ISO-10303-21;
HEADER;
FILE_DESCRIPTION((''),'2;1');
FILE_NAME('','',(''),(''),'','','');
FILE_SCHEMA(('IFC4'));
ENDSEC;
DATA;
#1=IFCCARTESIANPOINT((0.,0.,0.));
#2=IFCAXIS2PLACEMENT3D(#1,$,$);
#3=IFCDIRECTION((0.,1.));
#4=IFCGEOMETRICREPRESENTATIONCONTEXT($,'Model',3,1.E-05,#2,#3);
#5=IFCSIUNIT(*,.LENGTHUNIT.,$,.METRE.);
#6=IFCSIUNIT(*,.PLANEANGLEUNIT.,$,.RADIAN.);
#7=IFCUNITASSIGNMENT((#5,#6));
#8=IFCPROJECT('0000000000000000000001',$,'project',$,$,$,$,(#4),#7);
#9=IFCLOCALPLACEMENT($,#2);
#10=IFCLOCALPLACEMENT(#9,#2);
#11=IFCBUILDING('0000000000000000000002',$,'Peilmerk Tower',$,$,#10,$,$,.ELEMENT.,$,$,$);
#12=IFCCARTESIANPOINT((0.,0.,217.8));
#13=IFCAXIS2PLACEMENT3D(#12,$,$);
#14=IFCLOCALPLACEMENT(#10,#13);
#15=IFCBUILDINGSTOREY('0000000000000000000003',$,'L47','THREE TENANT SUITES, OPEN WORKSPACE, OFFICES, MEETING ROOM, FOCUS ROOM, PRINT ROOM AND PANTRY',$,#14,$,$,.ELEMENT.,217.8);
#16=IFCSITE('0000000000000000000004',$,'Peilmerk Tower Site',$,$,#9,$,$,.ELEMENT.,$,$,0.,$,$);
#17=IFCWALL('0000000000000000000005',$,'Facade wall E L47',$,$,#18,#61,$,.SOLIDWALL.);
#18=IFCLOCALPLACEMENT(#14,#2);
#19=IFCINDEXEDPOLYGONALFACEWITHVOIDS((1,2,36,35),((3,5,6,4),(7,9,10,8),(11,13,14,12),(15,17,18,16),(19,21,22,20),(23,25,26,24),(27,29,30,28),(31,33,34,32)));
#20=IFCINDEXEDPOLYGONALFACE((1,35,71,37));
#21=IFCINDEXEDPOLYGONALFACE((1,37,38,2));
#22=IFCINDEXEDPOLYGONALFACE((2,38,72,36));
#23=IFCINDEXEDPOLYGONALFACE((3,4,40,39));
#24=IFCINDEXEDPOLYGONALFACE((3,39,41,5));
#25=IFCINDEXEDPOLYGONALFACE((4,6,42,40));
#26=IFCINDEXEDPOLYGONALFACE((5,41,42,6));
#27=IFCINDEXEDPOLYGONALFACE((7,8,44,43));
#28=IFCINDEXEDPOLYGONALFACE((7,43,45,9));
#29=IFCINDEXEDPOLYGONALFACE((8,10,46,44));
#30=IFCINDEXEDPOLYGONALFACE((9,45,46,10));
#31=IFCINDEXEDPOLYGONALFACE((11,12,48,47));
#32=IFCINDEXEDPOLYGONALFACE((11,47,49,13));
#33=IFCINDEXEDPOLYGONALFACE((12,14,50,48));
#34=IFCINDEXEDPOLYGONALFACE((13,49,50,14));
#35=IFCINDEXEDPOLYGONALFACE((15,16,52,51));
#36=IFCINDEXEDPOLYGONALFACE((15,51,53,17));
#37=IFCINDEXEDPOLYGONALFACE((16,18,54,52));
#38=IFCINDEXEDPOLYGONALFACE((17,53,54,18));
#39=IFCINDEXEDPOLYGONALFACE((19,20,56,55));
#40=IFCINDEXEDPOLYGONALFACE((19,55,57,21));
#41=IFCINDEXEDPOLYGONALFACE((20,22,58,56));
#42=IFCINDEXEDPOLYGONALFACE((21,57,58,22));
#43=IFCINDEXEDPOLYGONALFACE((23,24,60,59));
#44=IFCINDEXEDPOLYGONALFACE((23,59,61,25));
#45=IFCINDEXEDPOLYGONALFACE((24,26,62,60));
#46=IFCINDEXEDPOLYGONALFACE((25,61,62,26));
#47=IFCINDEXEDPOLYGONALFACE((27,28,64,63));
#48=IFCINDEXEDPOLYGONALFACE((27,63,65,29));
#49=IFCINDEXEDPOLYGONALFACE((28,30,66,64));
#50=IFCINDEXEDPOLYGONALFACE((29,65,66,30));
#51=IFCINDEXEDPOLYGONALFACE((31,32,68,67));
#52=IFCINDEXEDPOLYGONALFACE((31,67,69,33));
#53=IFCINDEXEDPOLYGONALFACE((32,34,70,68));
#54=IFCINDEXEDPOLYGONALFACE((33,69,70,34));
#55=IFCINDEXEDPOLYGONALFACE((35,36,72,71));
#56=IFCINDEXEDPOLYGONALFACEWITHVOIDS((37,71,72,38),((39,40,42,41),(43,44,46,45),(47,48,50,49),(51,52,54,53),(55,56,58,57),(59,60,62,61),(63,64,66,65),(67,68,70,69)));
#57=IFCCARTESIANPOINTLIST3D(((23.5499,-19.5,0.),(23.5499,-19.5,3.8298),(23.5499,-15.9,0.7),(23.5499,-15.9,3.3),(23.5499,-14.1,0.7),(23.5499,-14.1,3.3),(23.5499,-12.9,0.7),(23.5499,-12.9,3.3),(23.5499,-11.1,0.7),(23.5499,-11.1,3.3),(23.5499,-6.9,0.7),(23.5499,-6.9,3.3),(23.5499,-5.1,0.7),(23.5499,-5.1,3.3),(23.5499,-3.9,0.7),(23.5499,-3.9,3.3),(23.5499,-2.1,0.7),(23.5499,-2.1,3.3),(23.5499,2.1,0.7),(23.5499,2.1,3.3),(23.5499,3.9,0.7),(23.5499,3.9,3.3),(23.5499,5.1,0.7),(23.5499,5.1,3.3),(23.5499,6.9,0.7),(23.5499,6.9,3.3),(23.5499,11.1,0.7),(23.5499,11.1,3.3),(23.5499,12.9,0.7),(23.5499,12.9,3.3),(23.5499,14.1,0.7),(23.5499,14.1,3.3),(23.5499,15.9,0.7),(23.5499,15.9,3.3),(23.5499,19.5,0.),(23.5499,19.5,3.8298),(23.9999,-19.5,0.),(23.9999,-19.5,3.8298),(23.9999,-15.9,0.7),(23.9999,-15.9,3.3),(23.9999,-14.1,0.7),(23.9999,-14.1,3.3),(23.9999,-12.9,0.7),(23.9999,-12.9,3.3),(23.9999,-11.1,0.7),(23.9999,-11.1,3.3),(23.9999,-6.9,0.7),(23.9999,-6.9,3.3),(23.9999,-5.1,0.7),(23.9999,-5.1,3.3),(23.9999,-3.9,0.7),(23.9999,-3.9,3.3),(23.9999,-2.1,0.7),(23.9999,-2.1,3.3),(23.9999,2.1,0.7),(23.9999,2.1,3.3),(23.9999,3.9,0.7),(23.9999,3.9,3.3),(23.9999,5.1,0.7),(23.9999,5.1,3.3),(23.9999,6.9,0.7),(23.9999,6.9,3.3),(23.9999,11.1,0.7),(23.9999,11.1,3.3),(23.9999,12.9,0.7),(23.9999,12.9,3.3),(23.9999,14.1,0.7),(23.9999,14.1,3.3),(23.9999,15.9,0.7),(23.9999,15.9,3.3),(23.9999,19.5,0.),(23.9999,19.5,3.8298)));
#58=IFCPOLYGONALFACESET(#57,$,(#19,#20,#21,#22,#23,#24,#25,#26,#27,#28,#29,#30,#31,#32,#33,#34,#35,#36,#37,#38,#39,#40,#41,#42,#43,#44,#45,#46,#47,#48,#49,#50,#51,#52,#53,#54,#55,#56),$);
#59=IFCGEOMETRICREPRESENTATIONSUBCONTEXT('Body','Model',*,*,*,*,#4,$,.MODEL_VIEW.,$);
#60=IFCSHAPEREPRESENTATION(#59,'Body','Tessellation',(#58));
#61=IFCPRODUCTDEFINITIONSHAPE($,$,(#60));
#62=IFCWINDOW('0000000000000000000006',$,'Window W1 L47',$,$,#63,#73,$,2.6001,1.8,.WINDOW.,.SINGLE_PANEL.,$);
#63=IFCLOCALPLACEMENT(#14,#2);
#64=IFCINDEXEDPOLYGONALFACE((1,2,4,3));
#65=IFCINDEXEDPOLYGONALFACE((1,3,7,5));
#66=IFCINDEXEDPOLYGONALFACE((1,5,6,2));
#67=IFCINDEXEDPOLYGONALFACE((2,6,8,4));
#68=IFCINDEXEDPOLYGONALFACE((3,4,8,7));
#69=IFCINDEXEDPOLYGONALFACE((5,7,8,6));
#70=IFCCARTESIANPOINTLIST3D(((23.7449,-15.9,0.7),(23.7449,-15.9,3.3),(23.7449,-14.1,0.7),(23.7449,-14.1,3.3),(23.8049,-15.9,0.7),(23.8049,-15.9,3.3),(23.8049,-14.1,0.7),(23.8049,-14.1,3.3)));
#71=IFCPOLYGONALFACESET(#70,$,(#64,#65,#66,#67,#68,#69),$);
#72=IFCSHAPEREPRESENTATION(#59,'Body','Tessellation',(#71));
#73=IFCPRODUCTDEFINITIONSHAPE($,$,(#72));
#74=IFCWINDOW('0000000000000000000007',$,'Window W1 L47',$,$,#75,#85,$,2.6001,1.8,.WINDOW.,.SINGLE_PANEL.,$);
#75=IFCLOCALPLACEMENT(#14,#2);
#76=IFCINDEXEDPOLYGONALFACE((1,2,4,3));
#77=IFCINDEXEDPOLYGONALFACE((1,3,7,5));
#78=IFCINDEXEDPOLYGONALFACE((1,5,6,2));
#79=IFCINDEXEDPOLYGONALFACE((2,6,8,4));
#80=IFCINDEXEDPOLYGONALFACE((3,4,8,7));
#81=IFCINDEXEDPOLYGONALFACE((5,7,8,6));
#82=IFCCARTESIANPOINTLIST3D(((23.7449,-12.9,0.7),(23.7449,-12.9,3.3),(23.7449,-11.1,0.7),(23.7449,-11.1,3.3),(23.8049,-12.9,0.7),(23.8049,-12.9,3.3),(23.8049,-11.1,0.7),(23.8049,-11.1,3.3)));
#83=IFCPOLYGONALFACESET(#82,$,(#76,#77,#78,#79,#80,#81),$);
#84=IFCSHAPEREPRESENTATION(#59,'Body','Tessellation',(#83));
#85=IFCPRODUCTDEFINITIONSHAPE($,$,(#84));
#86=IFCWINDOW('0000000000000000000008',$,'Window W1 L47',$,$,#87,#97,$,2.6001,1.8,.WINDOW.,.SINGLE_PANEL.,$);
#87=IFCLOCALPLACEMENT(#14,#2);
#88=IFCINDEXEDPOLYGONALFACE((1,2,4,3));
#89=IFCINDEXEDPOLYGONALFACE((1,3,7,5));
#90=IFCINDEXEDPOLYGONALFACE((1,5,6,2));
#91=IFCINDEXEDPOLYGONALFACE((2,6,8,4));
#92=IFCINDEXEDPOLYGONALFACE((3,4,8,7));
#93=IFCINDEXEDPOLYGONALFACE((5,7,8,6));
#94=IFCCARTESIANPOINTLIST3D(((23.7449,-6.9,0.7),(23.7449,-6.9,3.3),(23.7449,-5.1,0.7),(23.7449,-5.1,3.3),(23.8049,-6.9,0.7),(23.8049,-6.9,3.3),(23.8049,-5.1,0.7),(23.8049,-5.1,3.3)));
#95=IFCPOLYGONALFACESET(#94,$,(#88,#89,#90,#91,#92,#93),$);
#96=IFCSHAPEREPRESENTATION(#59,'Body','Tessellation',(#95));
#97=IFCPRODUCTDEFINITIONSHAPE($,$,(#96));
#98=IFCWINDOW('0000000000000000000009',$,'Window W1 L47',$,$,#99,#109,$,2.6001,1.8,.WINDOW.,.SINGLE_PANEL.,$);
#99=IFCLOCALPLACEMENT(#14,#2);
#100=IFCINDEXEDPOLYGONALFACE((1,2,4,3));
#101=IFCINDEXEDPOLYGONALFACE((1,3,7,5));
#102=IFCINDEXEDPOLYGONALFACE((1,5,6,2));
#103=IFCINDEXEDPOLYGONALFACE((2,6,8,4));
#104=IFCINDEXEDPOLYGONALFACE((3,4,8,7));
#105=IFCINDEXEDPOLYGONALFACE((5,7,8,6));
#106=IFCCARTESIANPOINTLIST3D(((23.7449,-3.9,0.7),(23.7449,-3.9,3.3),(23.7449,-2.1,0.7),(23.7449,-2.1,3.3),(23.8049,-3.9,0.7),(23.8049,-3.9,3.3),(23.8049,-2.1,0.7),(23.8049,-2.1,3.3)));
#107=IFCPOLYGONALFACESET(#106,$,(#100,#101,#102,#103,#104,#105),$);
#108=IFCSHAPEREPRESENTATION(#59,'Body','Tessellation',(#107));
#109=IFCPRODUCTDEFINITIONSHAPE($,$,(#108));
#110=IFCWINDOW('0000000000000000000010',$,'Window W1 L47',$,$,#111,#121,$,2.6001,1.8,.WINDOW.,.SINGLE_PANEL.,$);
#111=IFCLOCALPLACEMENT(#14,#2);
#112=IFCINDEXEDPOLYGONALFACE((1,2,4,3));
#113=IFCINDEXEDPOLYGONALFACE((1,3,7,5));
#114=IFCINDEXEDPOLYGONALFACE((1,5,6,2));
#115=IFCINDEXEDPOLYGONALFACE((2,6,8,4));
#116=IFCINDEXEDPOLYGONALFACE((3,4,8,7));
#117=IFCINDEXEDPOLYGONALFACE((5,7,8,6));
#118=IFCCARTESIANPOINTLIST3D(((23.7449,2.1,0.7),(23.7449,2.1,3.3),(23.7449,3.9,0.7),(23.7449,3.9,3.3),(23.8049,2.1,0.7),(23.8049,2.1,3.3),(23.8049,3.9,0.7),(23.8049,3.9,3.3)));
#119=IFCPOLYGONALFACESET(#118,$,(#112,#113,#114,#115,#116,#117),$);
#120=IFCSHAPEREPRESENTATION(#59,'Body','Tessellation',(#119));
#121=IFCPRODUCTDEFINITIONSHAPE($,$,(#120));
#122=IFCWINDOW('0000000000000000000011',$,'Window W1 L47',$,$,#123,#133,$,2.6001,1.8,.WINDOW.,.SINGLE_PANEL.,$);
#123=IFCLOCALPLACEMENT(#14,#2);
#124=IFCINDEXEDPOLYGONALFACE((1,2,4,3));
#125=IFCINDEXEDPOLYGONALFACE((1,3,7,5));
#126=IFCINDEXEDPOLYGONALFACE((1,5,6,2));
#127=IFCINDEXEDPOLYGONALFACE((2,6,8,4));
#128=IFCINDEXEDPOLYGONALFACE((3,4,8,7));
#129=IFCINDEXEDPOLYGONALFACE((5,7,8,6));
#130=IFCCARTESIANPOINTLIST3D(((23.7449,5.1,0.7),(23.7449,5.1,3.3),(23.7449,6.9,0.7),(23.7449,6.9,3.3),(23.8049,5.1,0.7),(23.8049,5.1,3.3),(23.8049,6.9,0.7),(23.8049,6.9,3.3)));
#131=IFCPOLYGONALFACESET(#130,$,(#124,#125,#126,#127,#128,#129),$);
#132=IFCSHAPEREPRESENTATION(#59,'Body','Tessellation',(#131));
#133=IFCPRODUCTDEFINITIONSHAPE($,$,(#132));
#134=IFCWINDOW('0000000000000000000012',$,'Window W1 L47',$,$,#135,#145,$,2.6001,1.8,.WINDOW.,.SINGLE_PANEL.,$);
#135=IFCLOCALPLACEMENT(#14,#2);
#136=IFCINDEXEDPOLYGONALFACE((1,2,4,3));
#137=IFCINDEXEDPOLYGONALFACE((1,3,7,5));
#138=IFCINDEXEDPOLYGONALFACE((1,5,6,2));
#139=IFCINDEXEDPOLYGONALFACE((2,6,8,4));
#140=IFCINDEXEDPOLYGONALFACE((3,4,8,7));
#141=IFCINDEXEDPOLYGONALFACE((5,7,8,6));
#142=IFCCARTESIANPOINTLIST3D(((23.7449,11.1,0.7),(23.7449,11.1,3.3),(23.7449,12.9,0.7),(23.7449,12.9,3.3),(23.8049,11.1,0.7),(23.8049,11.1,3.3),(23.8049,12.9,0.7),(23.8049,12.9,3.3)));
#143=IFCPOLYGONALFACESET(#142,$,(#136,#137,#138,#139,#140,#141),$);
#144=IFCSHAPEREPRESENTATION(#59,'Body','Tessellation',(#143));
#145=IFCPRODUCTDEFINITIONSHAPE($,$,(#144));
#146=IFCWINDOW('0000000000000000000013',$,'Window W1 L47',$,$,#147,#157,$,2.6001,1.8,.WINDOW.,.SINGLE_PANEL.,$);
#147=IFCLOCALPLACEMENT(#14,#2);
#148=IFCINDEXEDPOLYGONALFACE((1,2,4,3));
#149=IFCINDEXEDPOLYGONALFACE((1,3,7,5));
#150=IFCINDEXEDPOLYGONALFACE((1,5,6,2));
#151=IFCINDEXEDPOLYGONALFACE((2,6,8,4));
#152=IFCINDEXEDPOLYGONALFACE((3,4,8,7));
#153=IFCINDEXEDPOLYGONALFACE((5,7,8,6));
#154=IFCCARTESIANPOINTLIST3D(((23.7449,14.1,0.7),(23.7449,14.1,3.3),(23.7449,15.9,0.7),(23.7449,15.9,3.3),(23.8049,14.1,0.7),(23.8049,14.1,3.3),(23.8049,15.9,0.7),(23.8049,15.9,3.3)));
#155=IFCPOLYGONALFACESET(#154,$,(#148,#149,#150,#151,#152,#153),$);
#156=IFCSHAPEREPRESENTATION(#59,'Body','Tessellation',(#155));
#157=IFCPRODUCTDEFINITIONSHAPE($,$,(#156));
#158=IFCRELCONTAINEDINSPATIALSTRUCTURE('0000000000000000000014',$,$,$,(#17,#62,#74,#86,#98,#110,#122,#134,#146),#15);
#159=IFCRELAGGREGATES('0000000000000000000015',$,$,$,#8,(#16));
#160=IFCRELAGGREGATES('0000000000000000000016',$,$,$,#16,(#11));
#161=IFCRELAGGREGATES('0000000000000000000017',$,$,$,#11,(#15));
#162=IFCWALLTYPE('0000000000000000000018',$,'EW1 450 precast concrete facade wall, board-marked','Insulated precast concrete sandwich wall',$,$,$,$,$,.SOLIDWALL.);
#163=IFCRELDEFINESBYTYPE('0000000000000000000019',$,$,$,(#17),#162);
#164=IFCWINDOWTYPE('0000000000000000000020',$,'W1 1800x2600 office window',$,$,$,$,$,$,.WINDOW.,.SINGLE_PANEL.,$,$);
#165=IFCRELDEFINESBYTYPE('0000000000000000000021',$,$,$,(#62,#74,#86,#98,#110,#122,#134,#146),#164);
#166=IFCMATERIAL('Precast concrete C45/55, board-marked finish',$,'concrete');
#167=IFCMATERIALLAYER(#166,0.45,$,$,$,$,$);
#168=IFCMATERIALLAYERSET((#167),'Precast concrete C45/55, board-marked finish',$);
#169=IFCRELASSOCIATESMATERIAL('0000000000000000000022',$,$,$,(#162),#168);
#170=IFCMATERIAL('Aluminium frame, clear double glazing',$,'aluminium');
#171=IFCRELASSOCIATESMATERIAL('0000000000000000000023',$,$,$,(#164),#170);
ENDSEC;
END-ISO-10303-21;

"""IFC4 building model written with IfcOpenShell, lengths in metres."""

from ifc_helpers import new_model, si_unit, direction, frame, frame_2d, origin, place, context, subcontext, project, spatial, rectangle, extrude, material, layer, layer_set, type_object, element, fill, save


model = new_model("IFC4")

# Units and contexts
model_context = context("Model", 3, precision=1e-05, world=origin(), true_north=direction((0.0, 1.0)))
body_context = subcontext(model_context, "Body", "Model", "MODEL_VIEW")
ifc_project = project(units=[si_unit("LENGTHUNIT", "METRE"), si_unit("PLANEANGLEUNIT", "RADIAN")], contexts=[model_context])

# Site, building, storey
site_placement = place(None, origin())
site = spatial("IfcSite", under=ifc_project, at=site_placement, Name="Peilmerk Tower Site", CompositionType="ELEMENT", RefElevation=0.0)
building_placement = place(site_placement, origin())
building = spatial("IfcBuilding", under=site, at=building_placement, Name="Peilmerk Tower", CompositionType="ELEMENT")
storey_placement = place(building_placement, frame((0.0, 0.0, 217.8)))
storey = spatial("IfcBuildingStorey", under=building, at=storey_placement, Name="L47", Description="THREE TENANT SUITES, OPEN WORKSPACE, OFFICES, MEETING ROOM, FOCUS ROOM, PRINT ROOM AND PANTRY", CompositionType="ELEMENT", Elevation=217.8)

# Wall, openings, windows
ifc_material_1 = material(Name="Precast concrete C45/55, board-marked finish", Category="concrete")
ifc_layer_1 = layer(ifc_material_1, 0.45)
ifc_layer_set_1 = layer_set([ifc_layer_1], Name="Precast concrete C45/55, board-marked finish")
wall_type = type_object("IfcWallType", Name="EW1 450 precast concrete facade wall, board-marked", Description="Insulated precast concrete sandwich wall", PredefinedType="SOLIDWALL", material=ifc_layer_set_1)
wall_1_placement = place(storey_placement, frame((23.7749, -19.5, 0.0), z_axis=(0.0, 0.0, 1.0), x_axis=(0.0, 1.0, 0.0)))
wall_1 = element("IfcWall", 1, at=wall_1_placement, inside=storey, type_object=wall_type, Name="Facade wall E L47", PredefinedType="SOLIDWALL", context=body_context, shape_type="SweptSolid", body=[
    extrude(rectangle(XDim=39.0, YDim=0.45, at=frame_2d((19.5, 0.0))), origin(), (0.0, 0.0, 1.0), 3.8298),
])
opening_1_placement = place(wall_1_placement, frame((3.6001, 0.0, 0.7)))
opening_1 = element("IfcOpeningElement", 2, at=opening_1_placement, cuts=wall_1, PredefinedType="OPENING", context=body_context, shape_type="SweptSolid", body=[
    extrude(rectangle(XDim=1.8, YDim=2.6001, at=frame_2d((0.8999, 1.3))), frame((0.0, 0.2349, 0.0), z_axis=(0.0, -1.0, 0.0), x_axis=(1.0, 0.0, 0.0)), (0.0, 0.0, 1.0), 0.47),
])
opening_2_placement = place(wall_1_placement, frame((6.6001, 0.0, 0.7)))
opening_2 = element("IfcOpeningElement", 3, at=opening_2_placement, cuts=wall_1, PredefinedType="OPENING", context=body_context, shape_type="SweptSolid", body=[
    extrude(rectangle(XDim=1.8, YDim=2.6001, at=frame_2d((0.8999, 1.3))), frame((0.0, 0.2349, 0.0), z_axis=(0.0, -1.0, 0.0), x_axis=(1.0, 0.0, 0.0)), (0.0, 0.0, 1.0), 0.47),
])
opening_3_placement = place(wall_1_placement, frame((12.6001, 0.0, 0.7)))
opening_3 = element("IfcOpeningElement", 4, at=opening_3_placement, cuts=wall_1, PredefinedType="OPENING", context=body_context, shape_type="SweptSolid", body=[
    extrude(rectangle(XDim=1.8, YDim=2.6001, at=frame_2d((0.8999, 1.3))), frame((0.0, 0.2349, 0.0), z_axis=(0.0, -1.0, 0.0), x_axis=(1.0, 0.0, 0.0)), (0.0, 0.0, 1.0), 0.47),
])
opening_4_placement = place(wall_1_placement, frame((15.6001, 0.0, 0.7)))
opening_4 = element("IfcOpeningElement", 5, at=opening_4_placement, cuts=wall_1, PredefinedType="OPENING", context=body_context, shape_type="SweptSolid", body=[
    extrude(rectangle(XDim=1.8, YDim=2.6001, at=frame_2d((0.8999, 1.3))), frame((0.0, 0.2349, 0.0), z_axis=(0.0, -1.0, 0.0), x_axis=(1.0, 0.0, 0.0)), (0.0, 0.0, 1.0), 0.47),
])
opening_5_placement = place(wall_1_placement, frame((21.6001, 0.0, 0.7)))
opening_5 = element("IfcOpeningElement", 6, at=opening_5_placement, cuts=wall_1, PredefinedType="OPENING", context=body_context, shape_type="SweptSolid", body=[
    extrude(rectangle(XDim=1.8, YDim=2.6001, at=frame_2d((0.8999, 1.3))), frame((0.0, 0.2349, 0.0), z_axis=(0.0, -1.0, 0.0), x_axis=(1.0, 0.0, 0.0)), (0.0, 0.0, 1.0), 0.47),
])
opening_6_placement = place(wall_1_placement, frame((24.6001, 0.0, 0.7)))
opening_6 = element("IfcOpeningElement", 7, at=opening_6_placement, cuts=wall_1, PredefinedType="OPENING", context=body_context, shape_type="SweptSolid", body=[
    extrude(rectangle(XDim=1.8, YDim=2.6001, at=frame_2d((0.8999, 1.3))), frame((0.0, 0.2349, 0.0), z_axis=(0.0, -1.0, 0.0), x_axis=(1.0, 0.0, 0.0)), (0.0, 0.0, 1.0), 0.47),
])
opening_7_placement = place(wall_1_placement, frame((30.6001, 0.0, 0.7)))
opening_7 = element("IfcOpeningElement", 8, at=opening_7_placement, cuts=wall_1, PredefinedType="OPENING", context=body_context, shape_type="SweptSolid", body=[
    extrude(rectangle(XDim=1.8, YDim=2.6001, at=frame_2d((0.8999, 1.3))), frame((0.0, 0.2349, 0.0), z_axis=(0.0, -1.0, 0.0), x_axis=(1.0, 0.0, 0.0)), (0.0, 0.0, 1.0), 0.47),
])
opening_8_placement = place(wall_1_placement, frame((33.6001, 0.0, 0.7)))
opening_8 = element("IfcOpeningElement", 9, at=opening_8_placement, cuts=wall_1, PredefinedType="OPENING", context=body_context, shape_type="SweptSolid", body=[
    extrude(rectangle(XDim=1.8, YDim=2.6001, at=frame_2d((0.8999, 1.3))), frame((0.0, 0.2349, 0.0), z_axis=(0.0, -1.0, 0.0), x_axis=(1.0, 0.0, 0.0)), (0.0, 0.0, 1.0), 0.47),
])
ifc_material_2 = material(Name="Aluminium frame, clear double glazing", Category="aluminium")
window_type = type_object("IfcWindowType", Name="W1 1800x2600 office window", PartitioningType="SINGLE_PANEL", PredefinedType="WINDOW", material=ifc_material_2)
window_1_placement = place(opening_1_placement, origin())
window_1 = element("IfcWindow", 10, at=window_1_placement, inside=storey, type_object=window_type, Name="Window W1 L47", OverallHeight=2.6001, OverallWidth=1.8, PartitioningType="SINGLE_PANEL", PredefinedType="WINDOW", context=body_context, shape_type="SweptSolid", body=[
    extrude(rectangle(XDim=1.8, YDim=2.6001, at=frame_2d((0.8999, 1.3))), frame((0.0, 0.03, 0.0), z_axis=(0.0, -1.0, 0.0), x_axis=(1.0, 0.0, 0.0)), (0.0, 0.0, 1.0), 0.0601),
])
fill(opening_1, window_1)
window_2_placement = place(opening_2_placement, origin())
window_2 = element("IfcWindow", 11, at=window_2_placement, inside=storey, type_object=window_type, Name="Window W1 L47", OverallHeight=2.6001, OverallWidth=1.8, PartitioningType="SINGLE_PANEL", PredefinedType="WINDOW", context=body_context, shape_type="SweptSolid", body=[
    extrude(rectangle(XDim=1.8, YDim=2.6001, at=frame_2d((0.8999, 1.3))), frame((0.0, 0.03, 0.0), z_axis=(0.0, -1.0, 0.0), x_axis=(1.0, 0.0, 0.0)), (0.0, 0.0, 1.0), 0.0601),
])
fill(opening_2, window_2)
window_3_placement = place(opening_3_placement, origin())
window_3 = element("IfcWindow", 12, at=window_3_placement, inside=storey, type_object=window_type, Name="Window W1 L47", OverallHeight=2.6001, OverallWidth=1.8, PartitioningType="SINGLE_PANEL", PredefinedType="WINDOW", context=body_context, shape_type="SweptSolid", body=[
    extrude(rectangle(XDim=1.8, YDim=2.6001, at=frame_2d((0.8999, 1.3))), frame((0.0, 0.03, 0.0), z_axis=(0.0, -1.0, 0.0), x_axis=(1.0, 0.0, 0.0)), (0.0, 0.0, 1.0), 0.0601),
])
fill(opening_3, window_3)
window_4_placement = place(opening_4_placement, origin())
window_4 = element("IfcWindow", 13, at=window_4_placement, inside=storey, type_object=window_type, Name="Window W1 L47", OverallHeight=2.6001, OverallWidth=1.8, PartitioningType="SINGLE_PANEL", PredefinedType="WINDOW", context=body_context, shape_type="SweptSolid", body=[
    extrude(rectangle(XDim=1.8, YDim=2.6001, at=frame_2d((0.8999, 1.3))), frame((0.0, 0.03, 0.0), z_axis=(0.0, -1.0, 0.0), x_axis=(1.0, 0.0, 0.0)), (0.0, 0.0, 1.0), 0.0601),
])
fill(opening_4, window_4)
window_5_placement = place(opening_5_placement, origin())
window_5 = element("IfcWindow", 14, at=window_5_placement, inside=storey, type_object=window_type, Name="Window W1 L47", OverallHeight=2.6001, OverallWidth=1.8, PartitioningType="SINGLE_PANEL", PredefinedType="WINDOW", context=body_context, shape_type="SweptSolid", body=[
    extrude(rectangle(XDim=1.8, YDim=2.6001, at=frame_2d((0.8999, 1.3))), frame((0.0, 0.03, 0.0), z_axis=(0.0, -1.0, 0.0), x_axis=(1.0, 0.0, 0.0)), (0.0, 0.0, 1.0), 0.0601),
])
fill(opening_5, window_5)
window_6_placement = place(opening_6_placement, origin())
window_6 = element("IfcWindow", 15, at=window_6_placement, inside=storey, type_object=window_type, Name="Window W1 L47", OverallHeight=2.6001, OverallWidth=1.8, PartitioningType="SINGLE_PANEL", PredefinedType="WINDOW", context=body_context, shape_type="SweptSolid", body=[
    extrude(rectangle(XDim=1.8, YDim=2.6001, at=frame_2d((0.8999, 1.3))), frame((0.0, 0.03, 0.0), z_axis=(0.0, -1.0, 0.0), x_axis=(1.0, 0.0, 0.0)), (0.0, 0.0, 1.0), 0.0601),
])
fill(opening_6, window_6)
window_7_placement = place(opening_7_placement, origin())
window_7 = element("IfcWindow", 16, at=window_7_placement, inside=storey, type_object=window_type, Name="Window W1 L47", OverallHeight=2.6001, OverallWidth=1.8, PartitioningType="SINGLE_PANEL", PredefinedType="WINDOW", context=body_context, shape_type="SweptSolid", body=[
    extrude(rectangle(XDim=1.8, YDim=2.6001, at=frame_2d((0.8999, 1.3))), frame((0.0, 0.03, 0.0), z_axis=(0.0, -1.0, 0.0), x_axis=(1.0, 0.0, 0.0)), (0.0, 0.0, 1.0), 0.0601),
])
fill(opening_7, window_7)
window_8_placement = place(opening_8_placement, origin())
window_8 = element("IfcWindow", 17, at=window_8_placement, inside=storey, type_object=window_type, Name="Window W1 L47", OverallHeight=2.6001, OverallWidth=1.8, PartitioningType="SINGLE_PANEL", PredefinedType="WINDOW", context=body_context, shape_type="SweptSolid", body=[
    extrude(rectangle(XDim=1.8, YDim=2.6001, at=frame_2d((0.8999, 1.3))), frame((0.0, 0.03, 0.0), z_axis=(0.0, -1.0, 0.0), x_axis=(1.0, 0.0, 0.0)), (0.0, 0.0, 1.0), 0.0601),
])
fill(opening_8, window_8)

save(model, "model.ifc")
